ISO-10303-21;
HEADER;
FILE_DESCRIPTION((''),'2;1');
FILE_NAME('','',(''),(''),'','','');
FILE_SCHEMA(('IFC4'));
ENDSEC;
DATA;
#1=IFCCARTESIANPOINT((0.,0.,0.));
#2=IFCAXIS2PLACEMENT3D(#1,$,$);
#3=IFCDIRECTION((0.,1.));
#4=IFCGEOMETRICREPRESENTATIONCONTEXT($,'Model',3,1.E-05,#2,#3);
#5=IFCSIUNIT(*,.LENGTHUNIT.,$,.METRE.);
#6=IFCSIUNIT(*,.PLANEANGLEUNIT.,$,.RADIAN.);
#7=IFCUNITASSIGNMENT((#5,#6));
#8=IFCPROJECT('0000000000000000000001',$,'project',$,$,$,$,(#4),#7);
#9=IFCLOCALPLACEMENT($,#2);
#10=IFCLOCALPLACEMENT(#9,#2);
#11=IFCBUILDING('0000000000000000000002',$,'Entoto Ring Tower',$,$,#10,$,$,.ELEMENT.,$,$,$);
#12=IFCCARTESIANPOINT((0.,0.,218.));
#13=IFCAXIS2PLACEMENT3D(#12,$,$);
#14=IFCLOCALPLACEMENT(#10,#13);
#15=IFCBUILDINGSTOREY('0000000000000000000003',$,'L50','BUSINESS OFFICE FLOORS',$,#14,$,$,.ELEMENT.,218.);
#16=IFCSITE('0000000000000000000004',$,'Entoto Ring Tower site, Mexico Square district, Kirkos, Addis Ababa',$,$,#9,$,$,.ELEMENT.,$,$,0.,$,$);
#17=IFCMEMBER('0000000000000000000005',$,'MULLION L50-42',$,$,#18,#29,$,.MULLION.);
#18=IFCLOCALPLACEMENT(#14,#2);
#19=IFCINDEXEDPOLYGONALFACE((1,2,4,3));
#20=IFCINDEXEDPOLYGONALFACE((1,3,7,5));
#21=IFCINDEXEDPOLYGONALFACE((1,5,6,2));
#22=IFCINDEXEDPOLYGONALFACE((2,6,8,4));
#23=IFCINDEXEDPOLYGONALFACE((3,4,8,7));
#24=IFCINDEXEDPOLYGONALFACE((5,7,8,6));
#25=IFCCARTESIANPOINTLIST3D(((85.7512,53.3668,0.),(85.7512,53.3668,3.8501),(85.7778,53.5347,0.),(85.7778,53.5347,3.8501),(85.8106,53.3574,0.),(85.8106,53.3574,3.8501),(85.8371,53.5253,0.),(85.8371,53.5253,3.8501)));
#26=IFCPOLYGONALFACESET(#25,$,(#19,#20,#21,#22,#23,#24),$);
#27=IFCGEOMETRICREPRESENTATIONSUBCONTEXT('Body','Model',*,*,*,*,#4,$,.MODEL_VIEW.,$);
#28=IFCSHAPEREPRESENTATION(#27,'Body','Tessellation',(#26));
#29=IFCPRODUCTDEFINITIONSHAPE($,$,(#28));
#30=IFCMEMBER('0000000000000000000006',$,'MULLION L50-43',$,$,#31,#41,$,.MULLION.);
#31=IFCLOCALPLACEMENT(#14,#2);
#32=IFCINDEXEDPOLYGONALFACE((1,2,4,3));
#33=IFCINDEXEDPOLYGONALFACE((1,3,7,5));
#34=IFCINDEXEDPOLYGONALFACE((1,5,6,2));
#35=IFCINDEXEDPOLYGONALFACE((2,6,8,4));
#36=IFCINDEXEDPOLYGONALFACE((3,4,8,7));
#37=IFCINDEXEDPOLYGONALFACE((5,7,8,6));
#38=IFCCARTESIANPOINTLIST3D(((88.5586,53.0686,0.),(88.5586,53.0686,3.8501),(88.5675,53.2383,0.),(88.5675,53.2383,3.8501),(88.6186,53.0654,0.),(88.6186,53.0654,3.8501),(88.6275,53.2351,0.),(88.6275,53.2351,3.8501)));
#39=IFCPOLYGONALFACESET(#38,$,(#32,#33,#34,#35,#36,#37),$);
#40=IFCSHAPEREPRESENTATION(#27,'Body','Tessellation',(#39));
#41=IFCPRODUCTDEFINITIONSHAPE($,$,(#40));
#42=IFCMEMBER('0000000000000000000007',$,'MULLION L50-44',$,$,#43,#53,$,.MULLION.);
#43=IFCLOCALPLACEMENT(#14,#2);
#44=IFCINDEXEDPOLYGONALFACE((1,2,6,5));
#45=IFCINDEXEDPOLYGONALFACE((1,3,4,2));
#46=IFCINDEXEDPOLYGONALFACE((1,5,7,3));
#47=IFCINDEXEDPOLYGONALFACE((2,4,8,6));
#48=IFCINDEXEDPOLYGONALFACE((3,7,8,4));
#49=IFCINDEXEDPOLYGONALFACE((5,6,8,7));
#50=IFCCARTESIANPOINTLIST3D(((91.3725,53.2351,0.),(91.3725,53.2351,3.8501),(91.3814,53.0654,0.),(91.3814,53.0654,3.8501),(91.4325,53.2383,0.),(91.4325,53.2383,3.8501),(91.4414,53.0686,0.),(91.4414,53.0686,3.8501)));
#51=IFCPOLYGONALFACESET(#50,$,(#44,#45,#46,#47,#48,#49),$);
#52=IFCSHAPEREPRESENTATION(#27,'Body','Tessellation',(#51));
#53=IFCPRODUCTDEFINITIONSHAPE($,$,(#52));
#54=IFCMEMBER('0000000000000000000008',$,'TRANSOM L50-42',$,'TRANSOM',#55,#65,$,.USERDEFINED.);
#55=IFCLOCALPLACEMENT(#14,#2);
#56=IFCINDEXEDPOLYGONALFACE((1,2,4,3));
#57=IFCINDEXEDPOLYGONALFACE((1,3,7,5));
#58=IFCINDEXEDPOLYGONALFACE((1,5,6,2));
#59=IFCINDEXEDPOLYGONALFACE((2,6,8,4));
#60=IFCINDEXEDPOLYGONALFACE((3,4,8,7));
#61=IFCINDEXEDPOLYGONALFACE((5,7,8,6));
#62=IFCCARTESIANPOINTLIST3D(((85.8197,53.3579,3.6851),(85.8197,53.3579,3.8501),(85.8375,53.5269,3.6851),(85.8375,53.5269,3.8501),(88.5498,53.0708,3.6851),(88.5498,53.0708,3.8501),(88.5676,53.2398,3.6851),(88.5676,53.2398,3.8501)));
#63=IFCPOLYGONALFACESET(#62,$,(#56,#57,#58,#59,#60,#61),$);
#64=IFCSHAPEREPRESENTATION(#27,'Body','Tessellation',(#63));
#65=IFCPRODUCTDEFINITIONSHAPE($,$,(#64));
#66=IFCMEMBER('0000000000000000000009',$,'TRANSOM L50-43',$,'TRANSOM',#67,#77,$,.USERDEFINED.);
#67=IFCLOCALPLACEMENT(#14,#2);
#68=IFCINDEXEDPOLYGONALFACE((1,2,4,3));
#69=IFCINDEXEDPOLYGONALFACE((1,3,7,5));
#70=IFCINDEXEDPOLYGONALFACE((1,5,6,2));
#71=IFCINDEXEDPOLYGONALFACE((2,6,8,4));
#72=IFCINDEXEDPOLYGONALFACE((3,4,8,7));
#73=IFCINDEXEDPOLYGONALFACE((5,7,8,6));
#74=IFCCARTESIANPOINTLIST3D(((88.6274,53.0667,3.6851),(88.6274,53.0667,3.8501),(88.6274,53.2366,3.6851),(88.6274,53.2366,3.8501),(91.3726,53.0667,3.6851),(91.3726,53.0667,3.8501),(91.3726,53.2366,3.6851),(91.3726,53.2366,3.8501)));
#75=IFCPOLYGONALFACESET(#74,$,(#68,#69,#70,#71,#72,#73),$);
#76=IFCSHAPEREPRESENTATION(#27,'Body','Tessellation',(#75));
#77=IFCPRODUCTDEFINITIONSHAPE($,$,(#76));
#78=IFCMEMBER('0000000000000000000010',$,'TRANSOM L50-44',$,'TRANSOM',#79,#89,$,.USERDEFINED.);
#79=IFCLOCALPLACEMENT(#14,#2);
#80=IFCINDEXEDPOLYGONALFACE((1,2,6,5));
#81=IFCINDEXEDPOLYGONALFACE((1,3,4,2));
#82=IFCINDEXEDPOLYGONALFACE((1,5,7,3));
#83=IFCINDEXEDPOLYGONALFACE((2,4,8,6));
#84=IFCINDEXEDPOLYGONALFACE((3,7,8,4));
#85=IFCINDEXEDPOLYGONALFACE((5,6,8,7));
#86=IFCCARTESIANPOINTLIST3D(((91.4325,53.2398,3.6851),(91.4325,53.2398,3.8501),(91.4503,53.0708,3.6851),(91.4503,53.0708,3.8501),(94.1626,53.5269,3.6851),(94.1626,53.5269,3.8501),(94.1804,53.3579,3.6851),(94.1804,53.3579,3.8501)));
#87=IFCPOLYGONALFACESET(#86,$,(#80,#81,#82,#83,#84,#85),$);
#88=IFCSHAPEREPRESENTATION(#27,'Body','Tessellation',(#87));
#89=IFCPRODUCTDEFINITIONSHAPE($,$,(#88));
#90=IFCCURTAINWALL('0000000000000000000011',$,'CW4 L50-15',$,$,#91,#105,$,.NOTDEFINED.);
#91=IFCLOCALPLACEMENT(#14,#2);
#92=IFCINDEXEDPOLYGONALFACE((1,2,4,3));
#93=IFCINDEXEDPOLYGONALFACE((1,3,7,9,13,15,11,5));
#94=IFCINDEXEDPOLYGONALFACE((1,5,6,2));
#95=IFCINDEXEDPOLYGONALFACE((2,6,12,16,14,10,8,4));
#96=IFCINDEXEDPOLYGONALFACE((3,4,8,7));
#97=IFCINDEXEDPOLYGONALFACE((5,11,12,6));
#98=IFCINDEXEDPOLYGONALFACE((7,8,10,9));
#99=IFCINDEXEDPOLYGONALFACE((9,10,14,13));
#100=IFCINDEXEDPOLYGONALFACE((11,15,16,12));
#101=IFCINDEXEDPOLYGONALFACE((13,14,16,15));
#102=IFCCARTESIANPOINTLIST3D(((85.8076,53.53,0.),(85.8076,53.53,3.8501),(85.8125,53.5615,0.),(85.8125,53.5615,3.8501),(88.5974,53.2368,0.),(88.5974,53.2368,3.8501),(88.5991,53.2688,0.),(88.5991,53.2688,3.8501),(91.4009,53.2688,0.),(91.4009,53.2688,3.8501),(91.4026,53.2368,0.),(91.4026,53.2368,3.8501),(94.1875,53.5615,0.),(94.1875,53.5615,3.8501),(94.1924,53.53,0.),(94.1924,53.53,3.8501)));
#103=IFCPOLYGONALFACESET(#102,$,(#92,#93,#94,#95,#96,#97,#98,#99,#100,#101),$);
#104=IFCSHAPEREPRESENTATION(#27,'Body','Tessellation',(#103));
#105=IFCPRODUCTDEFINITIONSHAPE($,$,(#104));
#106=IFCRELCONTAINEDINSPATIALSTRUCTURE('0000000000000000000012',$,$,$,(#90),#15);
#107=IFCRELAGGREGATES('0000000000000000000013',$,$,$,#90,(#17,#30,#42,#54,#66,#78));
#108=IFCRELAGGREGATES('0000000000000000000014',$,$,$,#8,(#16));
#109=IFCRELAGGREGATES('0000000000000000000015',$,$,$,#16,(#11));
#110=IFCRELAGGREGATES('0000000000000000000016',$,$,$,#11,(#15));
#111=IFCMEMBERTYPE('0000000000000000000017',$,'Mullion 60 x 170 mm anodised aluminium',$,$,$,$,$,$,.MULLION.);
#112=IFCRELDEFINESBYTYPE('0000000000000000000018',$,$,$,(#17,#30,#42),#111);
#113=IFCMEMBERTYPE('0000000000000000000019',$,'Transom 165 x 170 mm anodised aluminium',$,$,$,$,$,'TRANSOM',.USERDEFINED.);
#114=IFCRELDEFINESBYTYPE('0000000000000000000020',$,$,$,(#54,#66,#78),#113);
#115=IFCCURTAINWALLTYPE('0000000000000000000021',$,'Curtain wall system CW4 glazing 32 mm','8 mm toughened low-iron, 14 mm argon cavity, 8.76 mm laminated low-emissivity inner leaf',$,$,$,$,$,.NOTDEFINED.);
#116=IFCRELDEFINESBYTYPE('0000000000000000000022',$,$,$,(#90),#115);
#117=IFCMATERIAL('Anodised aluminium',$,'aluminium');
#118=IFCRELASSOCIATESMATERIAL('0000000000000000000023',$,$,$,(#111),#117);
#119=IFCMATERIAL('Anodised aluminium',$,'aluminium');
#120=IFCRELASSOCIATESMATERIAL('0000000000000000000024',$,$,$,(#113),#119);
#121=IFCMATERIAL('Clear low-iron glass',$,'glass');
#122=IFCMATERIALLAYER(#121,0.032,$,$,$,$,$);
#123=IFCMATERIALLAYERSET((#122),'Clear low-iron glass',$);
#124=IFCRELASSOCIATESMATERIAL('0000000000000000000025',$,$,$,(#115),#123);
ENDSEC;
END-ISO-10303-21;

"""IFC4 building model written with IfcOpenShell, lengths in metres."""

from ifc_helpers import new_model, si_unit, direction, frame, origin, origin_2d, place, context, subcontext, project, spatial, polyline, rectangle, outline, extrude, material, layer, layer_set, material_profile, profile_set, type_object, element, aggregate, save


model = new_model("IFC4")

# Units and contexts
model_context = context("Model", 3, precision=1e-05, world=origin(), true_north=direction((0.0, 1.0)))
body_context = subcontext(model_context, "Body", "Model", "MODEL_VIEW")
ifc_project = project(units=[si_unit("LENGTHUNIT", "METRE"), si_unit("PLANEANGLEUNIT", "RADIAN")], contexts=[model_context])

# Members
ifc_material_1 = material(Name="Anodised aluminium", Category="aluminium")
ifc_material_profile_1 = material_profile(ifc_material_1, rectangle(XDim=0.0601, YDim=0.1699, at=origin_2d()), Name="Mullion 60 x 170 mm anodised aluminium")
ifc_profile_set_1 = profile_set([ifc_material_profile_1], Name="Anodised aluminium")
member_type_1 = type_object("IfcMemberType", Name="Mullion 60 x 170 mm anodised aluminium", PredefinedType="MULLION", material=ifc_profile_set_1)
site_placement = place(None, origin())
building_placement = place(site_placement, origin())
storey_placement = place(building_placement, frame((0.0, 0.0, 218.0)))
member_1_placement = place(storey_placement, frame((85.7942, 53.446, 0.0), z_axis=(0.0, 0.0, 1.0), x_axis=(0.987688, -0.156434, 0.0)))
member_1 = element("IfcMember", 1, at=member_1_placement, type_object=member_type_1, Name="MULLION L50-42", PredefinedType="MULLION", context=body_context, shape_type="SweptSolid", body=[
    extrude(rectangle(XDim=0.0601, YDim=0.1699, at=origin_2d()), origin(), (0.0, 0.0, 1.0), 3.8501),
])
member_2_placement = place(storey_placement, frame((88.593, 53.1519, 0.0), z_axis=(0.0, 0.0, 1.0), x_axis=(0.99863, -0.052336, 0.0)))
member_2 = element("IfcMember", 2, at=member_2_placement, type_object=member_type_1, Name="MULLION L50-43", PredefinedType="MULLION", context=body_context, shape_type="SweptSolid", body=[
    extrude(rectangle(XDim=0.0601, YDim=0.1699, at=origin_2d()), origin(), (0.0, 0.0, 1.0), 3.8501),
])
member_3_placement = place(storey_placement, frame((91.407, 53.1519, 0.0), z_axis=(0.0, 0.0, 1.0), x_axis=(0.99863, 0.052336, 0.0)))
member_3 = element("IfcMember", 3, at=member_3_placement, type_object=member_type_1, Name="MULLION L50-44", PredefinedType="MULLION", context=body_context, shape_type="SweptSolid", body=[
    extrude(rectangle(XDim=0.0601, YDim=0.1699, at=origin_2d()), origin(), (0.0, 0.0, 1.0), 3.8501),
])
ifc_material_2 = material(Name="Anodised aluminium", Category="aluminium")
ifc_material_profile_2 = material_profile(ifc_material_2, rectangle(XDim=0.1699, YDim=0.165, at=origin_2d()), Name="Transom 165 x 170 mm anodised aluminium")
ifc_profile_set_2 = profile_set([ifc_material_profile_2], Name="Anodised aluminium")
member_type_2 = type_object("IfcMemberType", Name="Transom 165 x 170 mm anodised aluminium", ElementType="TRANSOM", PredefinedType="USERDEFINED", material=ifc_profile_set_2)
member_4_placement = place(storey_placement, frame((85.8286, 53.4424, 3.7676), z_axis=(0.994515, -0.104592, 0.0), x_axis=(0.104592, 0.994515, 0.0)))
member_4 = element("IfcMember", 4, at=member_4_placement, type_object=member_type_2, Name="TRANSOM L50-42", ObjectType="TRANSOM", PredefinedType="USERDEFINED", context=body_context, shape_type="SweptSolid", body=[
    extrude(rectangle(XDim=0.1699, YDim=0.165, at=origin_2d()), origin(), (0.0, 0.0, 1.0), 2.7451),
])
member_5_placement = place(storey_placement, frame((88.6274, 53.1516, 3.7676), z_axis=(1.0, 0.0, 0.0), x_axis=(0.0, 1.0, 0.0)))
member_5 = element("IfcMember", 5, at=member_5_placement, type_object=member_type_2, Name="TRANSOM L50-43", ObjectType="TRANSOM", PredefinedType="USERDEFINED", context=body_context, shape_type="SweptSolid", body=[
    extrude(rectangle(XDim=0.1699, YDim=0.165, at=origin_2d()), origin(), (0.0, 0.0, 1.0), 2.7451),
])
member_6_placement = place(storey_placement, frame((91.4414, 53.1553, 3.7676), z_axis=(0.994515, 0.104592, 0.0), x_axis=(-0.104592, 0.994515, 0.0)))
member_6 = element("IfcMember", 6, at=member_6_placement, type_object=member_type_2, Name="TRANSOM L50-44", ObjectType="TRANSOM", PredefinedType="USERDEFINED", context=body_context, shape_type="SweptSolid", body=[
    extrude(rectangle(XDim=0.1699, YDim=0.165, at=origin_2d()), origin(), (0.0, 0.0, 1.0), 2.7451),
])

# Site, building, storey
site = spatial("IfcSite", under=ifc_project, at=site_placement, Name="Entoto Ring Tower site, Mexico Square district, Kirkos, Addis Ababa", CompositionType="ELEMENT", RefElevation=0.0)
building = spatial("IfcBuilding", under=site, at=building_placement, Name="Entoto Ring Tower", CompositionType="ELEMENT")
storey = spatial("IfcBuildingStorey", under=building, at=storey_placement, Name="L50", Description="BUSINESS OFFICE FLOORS", CompositionType="ELEMENT", Elevation=218.0)

# Curtain wall
ifc_material_3 = material(Name="Clear low-iron glass", Category="glass")
ifc_layer_1 = layer(ifc_material_3, 0.032)
ifc_layer_set_1 = layer_set([ifc_layer_1], Name="Clear low-iron glass")
curtain_wall_type = type_object("IfcCurtainWallType", Name="Curtain wall system CW4 glazing 32 mm", Description="8 mm toughened low-iron, 14 mm argon cavity, 8.76 mm laminated low-emissivity inner leaf", PredefinedType="NOTDEFINED", material=ifc_layer_set_1)
curtain_wall_1_placement = place(storey_placement, origin())
curtain_wall_1 = element("IfcCurtainWall", 7, at=curtain_wall_1_placement, inside=storey, type_object=curtain_wall_type, Name="CW4 L50-15", PredefinedType="NOTDEFINED", context=body_context, shape_type="SweptSolid", body=[
    extrude(outline(polyline([(85.8076, 53.53), (88.5974, 53.2368), (91.4026, 53.2368), (94.1924, 53.53), (94.1875, 53.5615), (91.4009, 53.2688), (88.5991, 53.2688), (85.8125, 53.5615), (85.8076, 53.53)])), origin(), (0.0, 0.0, 1.0), 3.8501),
])
aggregate(curtain_wall_1, [member_1, member_2, member_3, member_4, member_5, member_6])

save(model, "model.ifc")
